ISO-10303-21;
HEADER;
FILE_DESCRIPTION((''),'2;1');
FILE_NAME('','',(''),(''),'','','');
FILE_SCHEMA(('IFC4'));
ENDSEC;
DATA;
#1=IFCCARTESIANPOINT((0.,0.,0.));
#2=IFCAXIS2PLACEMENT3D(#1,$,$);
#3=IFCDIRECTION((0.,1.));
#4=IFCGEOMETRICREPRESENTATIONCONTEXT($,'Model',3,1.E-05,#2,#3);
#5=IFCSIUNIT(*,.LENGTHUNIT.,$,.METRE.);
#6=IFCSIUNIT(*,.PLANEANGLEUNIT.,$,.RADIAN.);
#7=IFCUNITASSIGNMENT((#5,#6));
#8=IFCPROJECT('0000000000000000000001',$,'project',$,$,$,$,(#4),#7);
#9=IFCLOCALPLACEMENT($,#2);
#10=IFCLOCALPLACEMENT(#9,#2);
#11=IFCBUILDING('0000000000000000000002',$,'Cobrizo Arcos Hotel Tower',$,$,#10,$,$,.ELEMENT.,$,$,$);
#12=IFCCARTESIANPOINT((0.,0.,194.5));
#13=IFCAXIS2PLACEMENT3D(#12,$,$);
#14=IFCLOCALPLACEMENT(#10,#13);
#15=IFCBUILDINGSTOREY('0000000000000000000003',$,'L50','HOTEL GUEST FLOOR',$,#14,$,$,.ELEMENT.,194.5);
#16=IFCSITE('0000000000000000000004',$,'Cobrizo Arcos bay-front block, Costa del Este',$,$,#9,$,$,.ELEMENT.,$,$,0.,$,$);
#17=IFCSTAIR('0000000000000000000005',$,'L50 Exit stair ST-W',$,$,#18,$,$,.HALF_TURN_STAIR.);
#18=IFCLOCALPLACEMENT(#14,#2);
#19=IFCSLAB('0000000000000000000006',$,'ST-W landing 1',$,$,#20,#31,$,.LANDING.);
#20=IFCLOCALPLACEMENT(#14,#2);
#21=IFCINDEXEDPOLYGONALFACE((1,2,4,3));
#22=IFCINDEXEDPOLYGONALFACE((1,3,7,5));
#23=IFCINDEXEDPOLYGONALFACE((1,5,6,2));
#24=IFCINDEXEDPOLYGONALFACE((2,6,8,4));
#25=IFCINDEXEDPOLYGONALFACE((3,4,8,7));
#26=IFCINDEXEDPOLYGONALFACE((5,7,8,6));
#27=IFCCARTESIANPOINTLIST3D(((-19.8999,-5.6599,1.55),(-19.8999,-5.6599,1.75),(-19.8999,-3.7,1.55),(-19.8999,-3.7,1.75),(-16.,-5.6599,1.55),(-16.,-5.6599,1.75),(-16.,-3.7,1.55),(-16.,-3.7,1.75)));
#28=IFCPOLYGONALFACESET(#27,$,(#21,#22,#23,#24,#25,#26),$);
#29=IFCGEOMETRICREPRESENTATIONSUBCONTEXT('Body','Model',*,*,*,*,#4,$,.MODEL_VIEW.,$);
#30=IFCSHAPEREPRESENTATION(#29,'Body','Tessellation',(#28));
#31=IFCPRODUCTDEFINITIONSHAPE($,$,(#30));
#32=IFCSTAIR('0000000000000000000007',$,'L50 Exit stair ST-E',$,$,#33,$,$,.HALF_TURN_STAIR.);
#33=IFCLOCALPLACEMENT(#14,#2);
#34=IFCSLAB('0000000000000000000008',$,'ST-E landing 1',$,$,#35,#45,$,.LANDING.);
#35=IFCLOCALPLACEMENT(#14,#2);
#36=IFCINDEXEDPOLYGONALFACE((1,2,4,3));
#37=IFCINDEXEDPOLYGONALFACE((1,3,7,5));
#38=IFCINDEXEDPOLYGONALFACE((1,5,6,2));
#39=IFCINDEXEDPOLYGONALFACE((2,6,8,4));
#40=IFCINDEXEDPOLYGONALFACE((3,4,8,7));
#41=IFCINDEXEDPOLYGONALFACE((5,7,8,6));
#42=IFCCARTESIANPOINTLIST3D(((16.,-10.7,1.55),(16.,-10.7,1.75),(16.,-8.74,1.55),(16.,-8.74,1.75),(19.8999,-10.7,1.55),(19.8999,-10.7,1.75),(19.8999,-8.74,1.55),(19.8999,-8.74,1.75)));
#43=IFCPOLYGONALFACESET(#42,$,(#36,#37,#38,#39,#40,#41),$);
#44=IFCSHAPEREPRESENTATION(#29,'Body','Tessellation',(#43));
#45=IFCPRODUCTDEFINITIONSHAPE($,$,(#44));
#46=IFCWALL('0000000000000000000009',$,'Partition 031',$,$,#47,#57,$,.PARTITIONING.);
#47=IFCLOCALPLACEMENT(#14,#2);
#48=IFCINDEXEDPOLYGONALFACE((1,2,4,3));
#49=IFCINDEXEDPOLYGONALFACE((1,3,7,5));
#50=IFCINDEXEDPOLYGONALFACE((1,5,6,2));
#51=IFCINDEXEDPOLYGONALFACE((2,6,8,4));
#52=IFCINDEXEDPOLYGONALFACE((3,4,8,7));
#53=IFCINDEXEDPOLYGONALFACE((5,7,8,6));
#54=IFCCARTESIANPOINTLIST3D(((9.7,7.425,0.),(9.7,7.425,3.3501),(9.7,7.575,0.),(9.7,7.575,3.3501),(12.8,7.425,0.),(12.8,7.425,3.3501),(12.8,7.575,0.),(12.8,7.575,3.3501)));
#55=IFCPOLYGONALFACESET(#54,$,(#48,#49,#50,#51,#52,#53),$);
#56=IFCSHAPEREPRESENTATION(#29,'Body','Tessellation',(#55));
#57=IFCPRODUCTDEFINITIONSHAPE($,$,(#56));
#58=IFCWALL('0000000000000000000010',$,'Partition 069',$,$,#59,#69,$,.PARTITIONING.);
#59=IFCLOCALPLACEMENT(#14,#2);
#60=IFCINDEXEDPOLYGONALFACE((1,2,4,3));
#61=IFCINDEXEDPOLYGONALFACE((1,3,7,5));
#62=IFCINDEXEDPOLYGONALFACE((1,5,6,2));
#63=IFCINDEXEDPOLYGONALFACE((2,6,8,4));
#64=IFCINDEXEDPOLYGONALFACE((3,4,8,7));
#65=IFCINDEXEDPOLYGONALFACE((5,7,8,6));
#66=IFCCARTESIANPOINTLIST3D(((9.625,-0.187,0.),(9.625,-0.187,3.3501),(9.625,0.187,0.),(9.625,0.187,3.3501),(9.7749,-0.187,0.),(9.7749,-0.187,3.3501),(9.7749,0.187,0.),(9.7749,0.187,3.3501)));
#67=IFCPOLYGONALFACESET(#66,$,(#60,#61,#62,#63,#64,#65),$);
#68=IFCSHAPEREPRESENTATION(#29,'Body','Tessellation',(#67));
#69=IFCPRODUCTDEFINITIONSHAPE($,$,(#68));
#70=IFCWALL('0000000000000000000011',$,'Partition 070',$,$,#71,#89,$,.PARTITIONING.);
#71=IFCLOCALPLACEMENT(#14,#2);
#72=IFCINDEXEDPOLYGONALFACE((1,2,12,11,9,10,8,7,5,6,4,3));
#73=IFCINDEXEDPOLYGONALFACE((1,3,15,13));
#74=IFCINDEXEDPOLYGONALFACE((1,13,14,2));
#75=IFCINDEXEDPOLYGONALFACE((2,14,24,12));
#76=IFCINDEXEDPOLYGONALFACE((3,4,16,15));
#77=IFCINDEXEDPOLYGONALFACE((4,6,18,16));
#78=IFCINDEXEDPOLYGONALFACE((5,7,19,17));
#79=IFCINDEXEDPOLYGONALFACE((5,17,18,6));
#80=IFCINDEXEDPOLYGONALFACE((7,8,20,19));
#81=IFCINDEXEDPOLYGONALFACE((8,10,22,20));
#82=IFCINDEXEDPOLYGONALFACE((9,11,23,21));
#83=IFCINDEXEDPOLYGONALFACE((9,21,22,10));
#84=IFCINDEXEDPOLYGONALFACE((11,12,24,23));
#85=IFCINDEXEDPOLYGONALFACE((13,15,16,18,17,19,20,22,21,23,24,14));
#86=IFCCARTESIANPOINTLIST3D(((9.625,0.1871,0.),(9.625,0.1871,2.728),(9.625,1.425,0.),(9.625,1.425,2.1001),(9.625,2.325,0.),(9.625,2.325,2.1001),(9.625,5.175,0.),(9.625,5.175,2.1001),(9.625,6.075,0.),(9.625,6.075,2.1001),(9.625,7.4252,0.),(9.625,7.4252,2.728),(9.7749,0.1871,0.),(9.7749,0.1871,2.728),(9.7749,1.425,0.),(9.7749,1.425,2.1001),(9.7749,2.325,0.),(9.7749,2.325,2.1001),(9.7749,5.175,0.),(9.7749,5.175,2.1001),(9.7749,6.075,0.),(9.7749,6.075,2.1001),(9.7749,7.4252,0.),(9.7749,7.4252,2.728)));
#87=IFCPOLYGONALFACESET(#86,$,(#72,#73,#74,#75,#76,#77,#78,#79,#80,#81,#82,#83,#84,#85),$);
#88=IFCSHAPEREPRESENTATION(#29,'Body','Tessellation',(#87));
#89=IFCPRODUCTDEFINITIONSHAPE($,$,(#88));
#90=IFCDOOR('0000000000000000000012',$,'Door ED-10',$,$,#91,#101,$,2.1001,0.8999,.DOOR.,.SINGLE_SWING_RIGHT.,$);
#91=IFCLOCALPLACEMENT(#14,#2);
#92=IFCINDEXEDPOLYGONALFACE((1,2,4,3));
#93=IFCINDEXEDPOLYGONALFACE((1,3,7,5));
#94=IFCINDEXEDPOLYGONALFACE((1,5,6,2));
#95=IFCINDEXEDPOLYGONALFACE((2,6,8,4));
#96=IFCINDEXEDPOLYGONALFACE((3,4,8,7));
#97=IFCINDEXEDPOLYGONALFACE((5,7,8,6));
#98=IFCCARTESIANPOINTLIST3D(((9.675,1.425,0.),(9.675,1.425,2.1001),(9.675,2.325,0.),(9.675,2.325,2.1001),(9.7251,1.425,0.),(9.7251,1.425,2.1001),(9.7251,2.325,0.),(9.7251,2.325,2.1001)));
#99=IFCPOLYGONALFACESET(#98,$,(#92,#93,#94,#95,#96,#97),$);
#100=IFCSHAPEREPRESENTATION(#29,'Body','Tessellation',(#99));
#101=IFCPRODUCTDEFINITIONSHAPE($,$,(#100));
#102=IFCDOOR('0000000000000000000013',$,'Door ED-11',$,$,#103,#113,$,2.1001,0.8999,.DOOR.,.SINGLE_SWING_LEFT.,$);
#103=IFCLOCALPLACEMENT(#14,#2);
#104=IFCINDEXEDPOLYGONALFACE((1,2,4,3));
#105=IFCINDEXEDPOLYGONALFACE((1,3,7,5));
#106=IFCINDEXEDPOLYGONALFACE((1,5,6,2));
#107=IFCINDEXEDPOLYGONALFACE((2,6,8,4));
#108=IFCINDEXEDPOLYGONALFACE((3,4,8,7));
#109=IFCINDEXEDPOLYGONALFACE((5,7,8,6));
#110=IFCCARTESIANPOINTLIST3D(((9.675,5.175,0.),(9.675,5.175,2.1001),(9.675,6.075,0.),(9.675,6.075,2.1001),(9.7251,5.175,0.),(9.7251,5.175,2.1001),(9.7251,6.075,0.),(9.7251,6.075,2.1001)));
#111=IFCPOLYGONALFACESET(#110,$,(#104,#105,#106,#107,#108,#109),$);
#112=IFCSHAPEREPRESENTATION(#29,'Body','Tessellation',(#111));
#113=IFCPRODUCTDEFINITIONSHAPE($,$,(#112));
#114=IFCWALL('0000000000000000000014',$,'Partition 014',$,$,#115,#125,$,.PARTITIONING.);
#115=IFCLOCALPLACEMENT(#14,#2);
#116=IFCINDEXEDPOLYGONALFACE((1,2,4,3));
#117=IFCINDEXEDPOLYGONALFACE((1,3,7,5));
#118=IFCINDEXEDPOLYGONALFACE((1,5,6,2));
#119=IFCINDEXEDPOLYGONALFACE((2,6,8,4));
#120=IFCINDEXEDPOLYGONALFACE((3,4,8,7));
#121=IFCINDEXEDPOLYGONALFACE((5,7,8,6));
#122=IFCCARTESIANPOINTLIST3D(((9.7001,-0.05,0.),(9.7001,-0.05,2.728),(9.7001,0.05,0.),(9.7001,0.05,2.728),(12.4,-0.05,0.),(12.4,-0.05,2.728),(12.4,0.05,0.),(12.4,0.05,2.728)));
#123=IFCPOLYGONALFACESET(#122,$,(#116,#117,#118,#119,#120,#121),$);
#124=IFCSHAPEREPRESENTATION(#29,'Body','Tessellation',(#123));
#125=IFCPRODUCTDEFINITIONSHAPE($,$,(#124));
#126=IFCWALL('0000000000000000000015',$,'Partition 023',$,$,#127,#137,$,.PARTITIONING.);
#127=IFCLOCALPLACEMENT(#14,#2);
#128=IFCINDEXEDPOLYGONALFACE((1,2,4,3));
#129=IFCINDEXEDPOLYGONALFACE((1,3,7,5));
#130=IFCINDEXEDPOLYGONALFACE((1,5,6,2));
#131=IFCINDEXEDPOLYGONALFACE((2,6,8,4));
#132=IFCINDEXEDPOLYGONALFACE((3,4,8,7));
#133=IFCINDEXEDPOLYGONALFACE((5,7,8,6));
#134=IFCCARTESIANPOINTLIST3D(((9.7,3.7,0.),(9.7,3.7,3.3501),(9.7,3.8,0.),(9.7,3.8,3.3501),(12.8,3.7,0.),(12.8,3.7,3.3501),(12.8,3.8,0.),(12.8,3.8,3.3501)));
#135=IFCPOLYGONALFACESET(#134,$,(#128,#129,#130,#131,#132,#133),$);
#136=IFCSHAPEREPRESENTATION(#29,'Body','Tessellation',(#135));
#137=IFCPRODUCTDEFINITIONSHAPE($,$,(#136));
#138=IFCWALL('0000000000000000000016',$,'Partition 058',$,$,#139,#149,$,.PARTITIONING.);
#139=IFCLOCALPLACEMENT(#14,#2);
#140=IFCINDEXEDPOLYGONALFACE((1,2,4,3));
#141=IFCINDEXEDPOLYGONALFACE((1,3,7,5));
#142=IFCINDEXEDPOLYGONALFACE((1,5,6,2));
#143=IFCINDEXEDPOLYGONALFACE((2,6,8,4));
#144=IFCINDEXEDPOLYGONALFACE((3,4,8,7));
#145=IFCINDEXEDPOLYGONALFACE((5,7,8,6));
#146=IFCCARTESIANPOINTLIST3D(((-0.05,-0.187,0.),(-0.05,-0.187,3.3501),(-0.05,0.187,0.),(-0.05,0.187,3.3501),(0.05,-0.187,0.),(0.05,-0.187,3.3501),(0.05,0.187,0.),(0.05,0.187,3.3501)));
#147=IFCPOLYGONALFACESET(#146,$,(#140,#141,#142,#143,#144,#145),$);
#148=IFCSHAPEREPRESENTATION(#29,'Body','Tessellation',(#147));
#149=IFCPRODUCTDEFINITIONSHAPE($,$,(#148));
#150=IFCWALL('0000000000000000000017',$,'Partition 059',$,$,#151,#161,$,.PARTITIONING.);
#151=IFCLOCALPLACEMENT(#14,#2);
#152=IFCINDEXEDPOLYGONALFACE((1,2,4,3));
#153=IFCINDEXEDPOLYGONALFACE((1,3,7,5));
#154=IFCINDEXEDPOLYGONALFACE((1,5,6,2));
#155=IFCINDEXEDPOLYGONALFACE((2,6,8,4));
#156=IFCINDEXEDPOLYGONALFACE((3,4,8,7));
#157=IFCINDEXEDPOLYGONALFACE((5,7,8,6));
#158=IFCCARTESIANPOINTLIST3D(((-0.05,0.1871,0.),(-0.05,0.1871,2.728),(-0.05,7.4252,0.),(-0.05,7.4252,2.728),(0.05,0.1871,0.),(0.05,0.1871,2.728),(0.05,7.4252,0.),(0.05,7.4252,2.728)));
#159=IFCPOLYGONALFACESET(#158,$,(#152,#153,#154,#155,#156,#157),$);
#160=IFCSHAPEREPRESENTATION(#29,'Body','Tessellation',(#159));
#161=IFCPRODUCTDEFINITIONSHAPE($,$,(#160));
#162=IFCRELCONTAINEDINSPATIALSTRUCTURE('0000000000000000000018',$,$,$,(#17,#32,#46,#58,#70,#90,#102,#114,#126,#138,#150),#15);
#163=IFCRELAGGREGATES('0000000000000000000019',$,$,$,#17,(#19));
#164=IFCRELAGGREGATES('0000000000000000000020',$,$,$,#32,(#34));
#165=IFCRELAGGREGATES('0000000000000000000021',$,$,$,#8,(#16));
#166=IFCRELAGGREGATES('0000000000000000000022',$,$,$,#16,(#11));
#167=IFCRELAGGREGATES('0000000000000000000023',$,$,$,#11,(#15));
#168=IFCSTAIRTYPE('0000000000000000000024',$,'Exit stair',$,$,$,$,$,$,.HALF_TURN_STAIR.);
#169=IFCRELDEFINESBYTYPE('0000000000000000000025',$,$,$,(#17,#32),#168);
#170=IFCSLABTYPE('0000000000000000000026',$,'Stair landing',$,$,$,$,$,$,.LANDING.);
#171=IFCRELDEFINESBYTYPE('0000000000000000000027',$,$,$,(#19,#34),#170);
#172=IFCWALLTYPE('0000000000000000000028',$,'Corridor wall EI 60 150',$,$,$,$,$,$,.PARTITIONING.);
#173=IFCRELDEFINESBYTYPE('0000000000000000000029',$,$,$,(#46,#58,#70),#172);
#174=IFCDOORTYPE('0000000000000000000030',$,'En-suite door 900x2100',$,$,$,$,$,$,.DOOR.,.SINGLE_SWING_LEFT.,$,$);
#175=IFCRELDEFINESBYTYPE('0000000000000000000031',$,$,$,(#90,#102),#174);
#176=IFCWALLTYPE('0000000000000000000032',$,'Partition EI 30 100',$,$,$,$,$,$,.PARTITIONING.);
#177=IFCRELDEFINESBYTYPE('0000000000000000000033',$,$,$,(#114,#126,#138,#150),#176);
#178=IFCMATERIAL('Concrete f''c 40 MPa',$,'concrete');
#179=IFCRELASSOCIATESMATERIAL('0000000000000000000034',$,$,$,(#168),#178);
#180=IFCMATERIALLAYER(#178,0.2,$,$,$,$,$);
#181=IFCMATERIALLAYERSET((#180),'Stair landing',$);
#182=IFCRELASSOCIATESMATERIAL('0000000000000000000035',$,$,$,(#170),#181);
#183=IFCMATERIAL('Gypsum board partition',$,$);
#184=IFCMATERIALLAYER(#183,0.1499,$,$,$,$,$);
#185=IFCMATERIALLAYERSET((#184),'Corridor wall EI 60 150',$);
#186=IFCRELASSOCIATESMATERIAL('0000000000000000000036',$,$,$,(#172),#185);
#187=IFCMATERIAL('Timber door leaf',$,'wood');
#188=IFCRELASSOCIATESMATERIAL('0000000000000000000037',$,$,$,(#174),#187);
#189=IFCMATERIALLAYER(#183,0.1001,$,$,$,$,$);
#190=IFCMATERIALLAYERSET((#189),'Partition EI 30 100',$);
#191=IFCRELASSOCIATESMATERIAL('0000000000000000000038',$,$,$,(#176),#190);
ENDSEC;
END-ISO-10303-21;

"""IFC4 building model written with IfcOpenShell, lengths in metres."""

from ifc_helpers import new_model, si_unit, direction, frame, frame_2d, origin, place, context, subcontext, project, spatial, polyline, rectangle, outline, extrude, material, layer, layer_set, type_object, element, fill, aggregate, save


model = new_model("IFC4")

# Units and contexts
model_context = context("Model", 3, precision=1e-05, world=origin(), true_north=direction((0.0, 1.0)))
body_context = subcontext(model_context, "Body", "Model", "MODEL_VIEW")
ifc_project = project(units=[si_unit("LENGTHUNIT", "METRE"), si_unit("PLANEANGLEUNIT", "RADIAN")], contexts=[model_context])

# Site, building, storey
site_placement = place(None, origin())
site = spatial("IfcSite", under=ifc_project, at=site_placement, Name="Cobrizo Arcos bay-front block, Costa del Este", CompositionType="ELEMENT", RefElevation=0.0)
building_placement = place(site_placement, origin())
building = spatial("IfcBuilding", under=site, at=building_placement, Name="Cobrizo Arcos Hotel Tower", CompositionType="ELEMENT")
storey_placement = place(building_placement, frame((0.0, 0.0, 194.5)))
storey = spatial("IfcBuildingStorey", under=building, at=storey_placement, Name="L50", Description="HOTEL GUEST FLOOR", CompositionType="ELEMENT", Elevation=194.5)

# Stairs, slabs
ifc_material_1 = material(Name="Concrete f'c 40 MPa", Category="concrete")
stair_type = type_object("IfcStairType", Name="Exit stair", PredefinedType="HALF_TURN_STAIR", material=ifc_material_1)
stair_1_placement = place(storey_placement, origin())
stair_1 = element("IfcStair", 1, at=stair_1_placement, inside=storey, type_object=stair_type, Name="L50 Exit stair ST-W", PredefinedType="HALF_TURN_STAIR")
ifc_layer_1 = layer(ifc_material_1, 0.2)
ifc_layer_set_1 = layer_set([ifc_layer_1], Name="Stair landing")
slab_type = type_object("IfcSlabType", Name="Stair landing", PredefinedType="LANDING", material=ifc_layer_set_1)
slab_1_placement = place(storey_placement, frame((0.0, 0.0, 1.55)))
slab_1 = element("IfcSlab", 2, at=slab_1_placement, type_object=slab_type, Name="ST-W landing 1", PredefinedType="LANDING", context=body_context, shape_type="SweptSolid", body=[
    extrude(outline(polyline([(-16.0, -5.6599), (-16.0, -3.7), (-19.8999, -3.7), (-19.8999, -5.6599), (-16.0, -5.6599)])), origin(), (0.0, 0.0, 1.0), 0.2),
])
aggregate(stair_1, [slab_1])
stair_2_placement = place(storey_placement, origin())
stair_2 = element("IfcStair", 3, at=stair_2_placement, inside=storey, type_object=stair_type, Name="L50 Exit stair ST-E", PredefinedType="HALF_TURN_STAIR")
slab_2_placement = place(storey_placement, frame((0.0, 0.0, 1.55)))
slab_2 = element("IfcSlab", 4, at=slab_2_placement, type_object=slab_type, Name="ST-E landing 1", PredefinedType="LANDING", context=body_context, shape_type="SweptSolid", body=[
    extrude(outline(polyline([(16.0, -8.74), (16.0, -10.7), (19.8999, -10.7), (19.8999, -8.74), (16.0, -8.74)])), origin(), (0.0, 0.0, 1.0), 0.2),
])
aggregate(stair_2, [slab_2])

# Walls
ifc_material_2 = material(Name="Gypsum board partition")
ifc_layer_2 = layer(ifc_material_2, 0.1499)
ifc_layer_set_2 = layer_set([ifc_layer_2], Name="Corridor wall EI 60 150")
wall_type_1 = type_object("IfcWallType", Name="Corridor wall EI 60 150", PredefinedType="PARTITIONING", material=ifc_layer_set_2)
wall_1_placement = place(storey_placement, frame((9.7, 7.5, 0.0), z_axis=(0.0, 0.0, 1.0), x_axis=(1.0, 0.0, 0.0)))
element("IfcWall", 5, at=wall_1_placement, inside=storey, type_object=wall_type_1, Name="Partition 031", PredefinedType="PARTITIONING", context=body_context, shape_type="SweptSolid", body=[
    extrude(rectangle(XDim=3.1001, YDim=0.1499, at=frame_2d((1.55, 0.0))), origin(), (0.0, 0.0, 1.0), 3.3501),
])
wall_2_placement = place(storey_placement, frame((9.7, -0.187, 0.0), z_axis=(0.0, 0.0, 1.0), x_axis=(0.0, 1.0, 0.0)))
element("IfcWall", 6, at=wall_2_placement, inside=storey, type_object=wall_type_1, Name="Partition 069", PredefinedType="PARTITIONING", context=body_context, shape_type="SweptSolid", body=[
    extrude(rectangle(XDim=0.374, YDim=0.1499, at=frame_2d((0.187, 0.0))), origin(), (0.0, 0.0, 1.0), 3.3501),
])

# Wall, openings, doors
wall_3_placement = place(storey_placement, frame((9.7, 0.187, 0.0), z_axis=(0.0, 0.0, 1.0), x_axis=(0.0, 1.0, 0.0)))
wall_3 = element("IfcWall", 7, at=wall_3_placement, inside=storey, type_object=wall_type_1, Name="Partition 070", PredefinedType="PARTITIONING", context=body_context, shape_type="SweptSolid", body=[
    extrude(rectangle(XDim=7.238, YDim=0.1499, at=frame_2d((3.6191, 0.0))), origin(), (0.0, 0.0, 1.0), 2.728),
])
opening_1_placement = place(wall_3_placement, frame((1.238, 0.0, 0.0)))
opening_1 = element("IfcOpeningElement", 8, at=opening_1_placement, cuts=wall_3, PredefinedType="OPENING", context=body_context, shape_type="SweptSolid", body=[
    extrude(rectangle(XDim=0.8999, YDim=2.1001, at=frame_2d((0.45, 1.05))), frame((0.0, 0.0869, 0.0), z_axis=(0.0, -1.0, 0.0), x_axis=(1.0, 0.0, 0.0)), (0.0, 0.0, 1.0), 0.1738),
])
opening_2_placement = place(wall_3_placement, frame((4.988, 0.0, 0.0)))
opening_2 = element("IfcOpeningElement", 9, at=opening_2_placement, cuts=wall_3, PredefinedType="OPENING", context=body_context, shape_type="SweptSolid", body=[
    extrude(rectangle(XDim=0.8999, YDim=2.1001, at=frame_2d((0.45, 1.05))), frame((0.0, 0.0869, 0.0), z_axis=(0.0, -1.0, 0.0), x_axis=(1.0, 0.0, 0.0)), (0.0, 0.0, 1.0), 0.1738),
])
ifc_material_3 = material(Name="Timber door leaf", Category="wood")
door_type = type_object("IfcDoorType", Name="En-suite door 900x2100", OperationType="SINGLE_SWING_LEFT", PredefinedType="DOOR", material=ifc_material_3)
door_1_placement = place(opening_1_placement, origin())
door_1 = element("IfcDoor", 10, at=door_1_placement, inside=storey, type_object=door_type, Name="Door ED-10", OperationType="SINGLE_SWING_RIGHT", OverallHeight=2.1001, OverallWidth=0.8999, PredefinedType="DOOR", context=body_context, shape_type="SweptSolid", body=[
    extrude(rectangle(XDim=0.8999, YDim=2.1001, at=frame_2d((0.45, 1.05))), frame((0.0, 0.0249, 0.0), z_axis=(0.0, -1.0, 0.0), x_axis=(1.0, 0.0, 0.0)), (0.0, 0.0, 1.0), 0.05),
])
fill(opening_1, door_1)
door_2_placement = place(opening_2_placement, origin())
door_2 = element("IfcDoor", 11, at=door_2_placement, inside=storey, type_object=door_type, Name="Door ED-11", OperationType="SINGLE_SWING_LEFT", OverallHeight=2.1001, OverallWidth=0.8999, PredefinedType="DOOR", context=body_context, shape_type="SweptSolid", body=[
    extrude(rectangle(XDim=0.8999, YDim=2.1001, at=frame_2d((0.45, 1.05))), frame((0.0, 0.0249, 0.0), z_axis=(0.0, -1.0, 0.0), x_axis=(1.0, 0.0, 0.0)), (0.0, 0.0, 1.0), 0.05),
])
fill(opening_2, door_2)

# Walls
ifc_layer_3 = layer(ifc_material_2, 0.1001)
ifc_layer_set_3 = layer_set([ifc_layer_3], Name="Partition EI 30 100")
wall_type_2 = type_object("IfcWallType", Name="Partition EI 30 100", PredefinedType="PARTITIONING", material=ifc_layer_set_3)
wall_4_placement = place(storey_placement, frame((9.7, 0.0, 0.0), z_axis=(0.0, 0.0, 1.0), x_axis=(1.0, 0.0, 0.0)))
element("IfcWall", 12, at=wall_4_placement, inside=storey, type_object=wall_type_2, Name="Partition 014", PredefinedType="PARTITIONING", context=body_context, shape_type="SweptSolid", body=[
    extrude(rectangle(XDim=2.7, YDim=0.1001, at=frame_2d((1.3501, 0.0))), origin(), (0.0, 0.0, 1.0), 2.728),
])
wall_5_placement = place(storey_placement, frame((9.7, 3.75, 0.0), z_axis=(0.0, 0.0, 1.0), x_axis=(1.0, 0.0, 0.0)))
element("IfcWall", 13, at=wall_5_placement, inside=storey, type_object=wall_type_2, Name="Partition 023", PredefinedType="PARTITIONING", context=body_context, shape_type="SweptSolid", body=[
    extrude(rectangle(XDim=3.1001, YDim=0.1001, at=frame_2d((1.55, 0.0))), origin(), (0.0, 0.0, 1.0), 3.3501),
])
wall_6_placement = place(storey_placement, frame((0.0, -0.187, 0.0), z_axis=(0.0, 0.0, 1.0), x_axis=(0.0, 1.0, 0.0)))
element("IfcWall", 14, at=wall_6_placement, inside=storey, type_object=wall_type_2, Name="Partition 058", PredefinedType="PARTITIONING", context=body_context, shape_type="SweptSolid", body=[
    extrude(rectangle(XDim=0.374, YDim=0.1001, at=frame_2d((0.187, 0.0))), origin(), (0.0, 0.0, 1.0), 3.3501),
])
wall_7_placement = place(storey_placement, frame((0.0, 0.187, 0.0), z_axis=(0.0, 0.0, 1.0), x_axis=(0.0, 1.0, 0.0)))
element("IfcWall", 15, at=wall_7_placement, inside=storey, type_object=wall_type_2, Name="Partition 059", PredefinedType="PARTITIONING", context=body_context, shape_type="SweptSolid", body=[
    extrude(rectangle(XDim=7.238, YDim=0.1001, at=frame_2d((3.6191, 0.0))), origin(), (0.0, 0.0, 1.0), 2.728),
])

save(model, "model.ifc")
